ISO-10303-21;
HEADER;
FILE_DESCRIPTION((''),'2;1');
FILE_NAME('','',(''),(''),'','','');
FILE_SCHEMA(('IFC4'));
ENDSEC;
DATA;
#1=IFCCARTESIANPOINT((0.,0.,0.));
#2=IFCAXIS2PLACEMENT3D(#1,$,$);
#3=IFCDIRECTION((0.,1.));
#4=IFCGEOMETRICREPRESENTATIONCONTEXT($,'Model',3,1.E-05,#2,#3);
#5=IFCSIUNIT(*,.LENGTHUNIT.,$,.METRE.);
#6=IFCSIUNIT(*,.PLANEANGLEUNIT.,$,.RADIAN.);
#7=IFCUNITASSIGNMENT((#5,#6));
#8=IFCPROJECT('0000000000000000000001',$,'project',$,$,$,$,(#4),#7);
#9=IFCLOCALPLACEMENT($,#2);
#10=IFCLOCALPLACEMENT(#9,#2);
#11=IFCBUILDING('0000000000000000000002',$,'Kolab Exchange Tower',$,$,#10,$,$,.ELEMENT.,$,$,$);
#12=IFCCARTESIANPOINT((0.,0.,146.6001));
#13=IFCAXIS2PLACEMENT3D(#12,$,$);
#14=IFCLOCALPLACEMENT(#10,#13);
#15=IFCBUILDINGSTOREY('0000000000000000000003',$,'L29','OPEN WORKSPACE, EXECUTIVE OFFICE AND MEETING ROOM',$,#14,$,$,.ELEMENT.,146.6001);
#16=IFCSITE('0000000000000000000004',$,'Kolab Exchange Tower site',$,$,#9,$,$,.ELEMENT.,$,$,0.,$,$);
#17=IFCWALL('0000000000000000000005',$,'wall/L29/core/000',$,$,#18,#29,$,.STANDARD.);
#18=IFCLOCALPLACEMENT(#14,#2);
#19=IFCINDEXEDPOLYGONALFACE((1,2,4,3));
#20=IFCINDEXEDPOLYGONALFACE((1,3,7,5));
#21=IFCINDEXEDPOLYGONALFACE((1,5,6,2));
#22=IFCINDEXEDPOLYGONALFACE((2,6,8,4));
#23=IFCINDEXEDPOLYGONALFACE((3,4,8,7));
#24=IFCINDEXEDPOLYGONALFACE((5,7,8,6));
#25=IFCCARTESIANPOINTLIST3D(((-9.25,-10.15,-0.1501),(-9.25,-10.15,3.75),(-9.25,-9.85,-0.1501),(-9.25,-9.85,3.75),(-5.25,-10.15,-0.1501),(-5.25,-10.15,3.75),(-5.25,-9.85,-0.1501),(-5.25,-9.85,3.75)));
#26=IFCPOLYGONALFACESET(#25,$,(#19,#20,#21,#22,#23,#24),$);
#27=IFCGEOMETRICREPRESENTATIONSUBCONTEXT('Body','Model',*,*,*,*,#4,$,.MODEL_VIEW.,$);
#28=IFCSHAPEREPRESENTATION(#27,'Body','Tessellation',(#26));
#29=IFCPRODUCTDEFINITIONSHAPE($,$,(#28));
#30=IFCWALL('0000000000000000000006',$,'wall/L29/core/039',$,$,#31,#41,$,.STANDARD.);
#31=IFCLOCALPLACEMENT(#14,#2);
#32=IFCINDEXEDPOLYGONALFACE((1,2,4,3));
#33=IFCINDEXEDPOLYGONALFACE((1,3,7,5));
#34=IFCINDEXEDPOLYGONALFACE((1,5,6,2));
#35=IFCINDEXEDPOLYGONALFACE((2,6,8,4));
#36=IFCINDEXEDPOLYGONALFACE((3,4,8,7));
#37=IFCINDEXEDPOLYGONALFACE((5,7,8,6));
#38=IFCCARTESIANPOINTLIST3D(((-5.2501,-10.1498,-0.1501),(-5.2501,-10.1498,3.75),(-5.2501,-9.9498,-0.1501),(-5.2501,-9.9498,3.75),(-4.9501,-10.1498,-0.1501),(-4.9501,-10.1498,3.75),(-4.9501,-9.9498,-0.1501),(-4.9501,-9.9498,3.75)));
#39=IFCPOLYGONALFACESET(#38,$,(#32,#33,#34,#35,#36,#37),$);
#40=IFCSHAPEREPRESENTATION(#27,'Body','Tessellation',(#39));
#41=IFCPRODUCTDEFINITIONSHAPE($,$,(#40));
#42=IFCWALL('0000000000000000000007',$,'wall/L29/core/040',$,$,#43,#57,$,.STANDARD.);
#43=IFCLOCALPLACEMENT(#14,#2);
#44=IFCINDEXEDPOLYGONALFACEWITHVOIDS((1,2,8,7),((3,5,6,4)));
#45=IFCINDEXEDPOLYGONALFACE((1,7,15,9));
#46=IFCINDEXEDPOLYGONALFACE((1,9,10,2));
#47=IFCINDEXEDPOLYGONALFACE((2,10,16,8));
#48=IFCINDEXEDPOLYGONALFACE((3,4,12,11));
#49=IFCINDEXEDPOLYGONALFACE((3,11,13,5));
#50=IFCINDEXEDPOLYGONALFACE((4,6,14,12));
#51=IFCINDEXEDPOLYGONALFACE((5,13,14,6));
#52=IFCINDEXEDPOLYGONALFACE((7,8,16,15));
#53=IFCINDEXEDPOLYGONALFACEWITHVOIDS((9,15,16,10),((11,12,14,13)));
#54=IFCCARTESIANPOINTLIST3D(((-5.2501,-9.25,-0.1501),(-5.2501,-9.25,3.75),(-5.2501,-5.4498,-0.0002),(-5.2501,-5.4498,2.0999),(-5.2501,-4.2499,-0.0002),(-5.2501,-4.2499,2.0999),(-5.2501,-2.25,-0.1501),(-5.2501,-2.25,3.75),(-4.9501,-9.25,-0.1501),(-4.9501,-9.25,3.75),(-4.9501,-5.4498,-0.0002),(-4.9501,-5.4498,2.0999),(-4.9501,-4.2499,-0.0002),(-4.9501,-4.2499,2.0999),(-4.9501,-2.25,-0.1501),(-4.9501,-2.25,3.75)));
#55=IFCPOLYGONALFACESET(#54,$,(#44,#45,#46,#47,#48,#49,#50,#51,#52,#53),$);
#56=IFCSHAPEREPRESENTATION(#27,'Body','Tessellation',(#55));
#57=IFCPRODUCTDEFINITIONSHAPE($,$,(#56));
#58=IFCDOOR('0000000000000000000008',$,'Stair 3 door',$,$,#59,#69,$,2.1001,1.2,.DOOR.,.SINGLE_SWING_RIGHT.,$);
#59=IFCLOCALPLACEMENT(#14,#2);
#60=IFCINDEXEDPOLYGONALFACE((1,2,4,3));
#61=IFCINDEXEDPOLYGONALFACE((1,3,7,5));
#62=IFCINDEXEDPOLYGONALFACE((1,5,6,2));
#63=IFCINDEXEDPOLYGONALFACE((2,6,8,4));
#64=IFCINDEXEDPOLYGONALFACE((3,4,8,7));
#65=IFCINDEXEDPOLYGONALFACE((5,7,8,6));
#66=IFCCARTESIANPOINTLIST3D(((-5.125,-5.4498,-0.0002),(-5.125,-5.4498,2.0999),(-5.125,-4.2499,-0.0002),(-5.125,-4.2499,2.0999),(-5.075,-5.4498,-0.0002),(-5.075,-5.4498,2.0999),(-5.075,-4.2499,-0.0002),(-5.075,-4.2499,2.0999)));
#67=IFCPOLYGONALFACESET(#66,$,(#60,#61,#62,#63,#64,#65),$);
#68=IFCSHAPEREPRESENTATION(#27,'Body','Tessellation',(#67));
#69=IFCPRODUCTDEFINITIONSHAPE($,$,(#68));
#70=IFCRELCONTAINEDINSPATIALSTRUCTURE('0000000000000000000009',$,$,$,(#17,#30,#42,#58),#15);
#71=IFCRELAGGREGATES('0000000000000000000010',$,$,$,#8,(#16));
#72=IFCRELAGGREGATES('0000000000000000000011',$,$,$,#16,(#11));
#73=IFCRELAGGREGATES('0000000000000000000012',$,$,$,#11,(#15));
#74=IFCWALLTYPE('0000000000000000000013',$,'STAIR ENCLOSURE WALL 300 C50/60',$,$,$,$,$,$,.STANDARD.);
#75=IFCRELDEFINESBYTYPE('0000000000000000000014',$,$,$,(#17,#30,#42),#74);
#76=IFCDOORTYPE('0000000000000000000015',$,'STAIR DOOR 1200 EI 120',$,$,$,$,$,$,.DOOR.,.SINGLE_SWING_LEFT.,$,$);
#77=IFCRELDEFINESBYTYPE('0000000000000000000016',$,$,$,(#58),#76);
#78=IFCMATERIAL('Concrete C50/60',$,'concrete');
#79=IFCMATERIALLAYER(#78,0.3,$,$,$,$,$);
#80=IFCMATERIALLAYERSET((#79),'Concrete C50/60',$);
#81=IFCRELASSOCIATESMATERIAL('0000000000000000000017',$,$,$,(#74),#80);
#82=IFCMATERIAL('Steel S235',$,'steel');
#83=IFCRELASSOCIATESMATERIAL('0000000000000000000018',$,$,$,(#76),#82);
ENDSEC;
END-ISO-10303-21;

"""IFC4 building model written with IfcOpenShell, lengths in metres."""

from ifc_helpers import new_model, si_unit, direction, frame, frame_2d, origin, place, context, subcontext, project, spatial, rectangle, extrude, material, layer, layer_set, type_object, element, fill, save


model = new_model("IFC4")

# Units and contexts
model_context = context("Model", 3, precision=1e-05, world=origin(), true_north=direction((0.0, 1.0)))
body_context = subcontext(model_context, "Body", "Model", "MODEL_VIEW")
ifc_project = project(units=[si_unit("LENGTHUNIT", "METRE"), si_unit("PLANEANGLEUNIT", "RADIAN")], contexts=[model_context])

# Site, building, storey
site_placement = place(None, origin())
site = spatial("IfcSite", under=ifc_project, at=site_placement, Name="Kolab Exchange Tower site", CompositionType="ELEMENT", RefElevation=0.0)
building_placement = place(site_placement, origin())
building = spatial("IfcBuilding", under=site, at=building_placement, Name="Kolab Exchange Tower", CompositionType="ELEMENT")
storey_placement = place(building_placement, frame((0.0, 0.0, 146.6001)))
storey = spatial("IfcBuildingStorey", under=building, at=storey_placement, Name="L29", Description="OPEN WORKSPACE, EXECUTIVE OFFICE AND MEETING ROOM", CompositionType="ELEMENT", Elevation=146.6001)

# Shared definitions
ifc_material_1 = material(Name="Steel S235", Category="steel")

# Shared definitions
ifc_material_2 = material(Name="Concrete C50/60", Category="concrete")

# Walls
ifc_layer_1 = layer(ifc_material_2, 0.3)
ifc_layer_set_1 = layer_set([ifc_layer_1], Name="Concrete C50/60")
wall_type_1 = type_object("IfcWallType", Name="STAIR ENCLOSURE WALL 300 C50/60", PredefinedType="STANDARD", material=ifc_layer_set_1)
wall_1_placement = place(storey_placement, frame((-9.25, -10.0, -0.1501), z_axis=(0.0, 0.0, 1.0), x_axis=(1.0, 0.0, 0.0)))
element("IfcWall", 1, at=wall_1_placement, inside=storey, type_object=wall_type_1, Name="wall/L29/core/000", PredefinedType="STANDARD", context=body_context, shape_type="SweptSolid", body=[
    extrude(rectangle(XDim=4.0, YDim=0.3, at=frame_2d((2.0, 0.0))), origin(), (0.0, 0.0, 1.0), 3.9001),
])
wall_2_placement = place(storey_placement, frame((-5.1001, -10.1499, -0.1501), z_axis=(0.0, 0.0, 1.0), x_axis=(0.0, 1.0, 0.0)))
element("IfcWall", 2, at=wall_2_placement, inside=storey, type_object=wall_type_1, Name="wall/L29/core/039", PredefinedType="STANDARD", context=body_context, shape_type="SweptSolid", body=[
    extrude(rectangle(XDim=0.2, YDim=0.3, at=frame_2d((0.1001, 0.0))), origin(), (0.0, 0.0, 1.0), 3.9001),
])

# Wall, opening, door
wall_3_placement = place(storey_placement, frame((-5.1001, -9.25, -0.1501), z_axis=(0.0, 0.0, 1.0), x_axis=(0.0, 1.0, 0.0)))
wall_3 = element("IfcWall", 3, at=wall_3_placement, inside=storey, type_object=wall_type_1, Name="wall/L29/core/040", PredefinedType="STANDARD", context=body_context, shape_type="SweptSolid", body=[
    extrude(rectangle(XDim=7.0, YDim=0.3, at=frame_2d((3.5, 0.0))), origin(), (0.0, 0.0, 1.0), 3.9001),
])
opening_1_placement = place(wall_3_placement, frame((3.8, 0.0, 0.1499)))
opening_1 = element("IfcOpeningElement", 4, at=opening_1_placement, cuts=wall_3, PredefinedType="OPENING", context=body_context, shape_type="SweptSolid", body=[
    extrude(rectangle(XDim=1.2, YDim=2.1001, at=frame_2d((0.6001, 1.05))), frame((0.0, 0.1602, 0.0), z_axis=(0.0, -1.0, 0.0), x_axis=(1.0, 0.0, 0.0)), (0.0, 0.0, 1.0), 0.3201),
])
door_type_1 = type_object("IfcDoorType", Name="STAIR DOOR 1200 EI 120", OperationType="SINGLE_SWING_LEFT", PredefinedType="DOOR", material=ifc_material_1)
door_1_placement = place(opening_1_placement, origin())
door_1 = element("IfcDoor", 5, at=door_1_placement, inside=storey, type_object=door_type_1, Name="Stair 3 door", OperationType="SINGLE_SWING_RIGHT", OverallHeight=2.1001, OverallWidth=1.2, PredefinedType="DOOR", context=body_context, shape_type="SweptSolid", body=[
    extrude(rectangle(XDim=1.2, YDim=2.1001, at=frame_2d((0.6001, 1.05))), frame((0.0, 0.0249, 0.0), z_axis=(0.0, -1.0, 0.0), x_axis=(1.0, 0.0, 0.0)), (0.0, 0.0, 1.0), 0.05),
])
fill(opening_1, door_1)

save(model, "model.ifc")
